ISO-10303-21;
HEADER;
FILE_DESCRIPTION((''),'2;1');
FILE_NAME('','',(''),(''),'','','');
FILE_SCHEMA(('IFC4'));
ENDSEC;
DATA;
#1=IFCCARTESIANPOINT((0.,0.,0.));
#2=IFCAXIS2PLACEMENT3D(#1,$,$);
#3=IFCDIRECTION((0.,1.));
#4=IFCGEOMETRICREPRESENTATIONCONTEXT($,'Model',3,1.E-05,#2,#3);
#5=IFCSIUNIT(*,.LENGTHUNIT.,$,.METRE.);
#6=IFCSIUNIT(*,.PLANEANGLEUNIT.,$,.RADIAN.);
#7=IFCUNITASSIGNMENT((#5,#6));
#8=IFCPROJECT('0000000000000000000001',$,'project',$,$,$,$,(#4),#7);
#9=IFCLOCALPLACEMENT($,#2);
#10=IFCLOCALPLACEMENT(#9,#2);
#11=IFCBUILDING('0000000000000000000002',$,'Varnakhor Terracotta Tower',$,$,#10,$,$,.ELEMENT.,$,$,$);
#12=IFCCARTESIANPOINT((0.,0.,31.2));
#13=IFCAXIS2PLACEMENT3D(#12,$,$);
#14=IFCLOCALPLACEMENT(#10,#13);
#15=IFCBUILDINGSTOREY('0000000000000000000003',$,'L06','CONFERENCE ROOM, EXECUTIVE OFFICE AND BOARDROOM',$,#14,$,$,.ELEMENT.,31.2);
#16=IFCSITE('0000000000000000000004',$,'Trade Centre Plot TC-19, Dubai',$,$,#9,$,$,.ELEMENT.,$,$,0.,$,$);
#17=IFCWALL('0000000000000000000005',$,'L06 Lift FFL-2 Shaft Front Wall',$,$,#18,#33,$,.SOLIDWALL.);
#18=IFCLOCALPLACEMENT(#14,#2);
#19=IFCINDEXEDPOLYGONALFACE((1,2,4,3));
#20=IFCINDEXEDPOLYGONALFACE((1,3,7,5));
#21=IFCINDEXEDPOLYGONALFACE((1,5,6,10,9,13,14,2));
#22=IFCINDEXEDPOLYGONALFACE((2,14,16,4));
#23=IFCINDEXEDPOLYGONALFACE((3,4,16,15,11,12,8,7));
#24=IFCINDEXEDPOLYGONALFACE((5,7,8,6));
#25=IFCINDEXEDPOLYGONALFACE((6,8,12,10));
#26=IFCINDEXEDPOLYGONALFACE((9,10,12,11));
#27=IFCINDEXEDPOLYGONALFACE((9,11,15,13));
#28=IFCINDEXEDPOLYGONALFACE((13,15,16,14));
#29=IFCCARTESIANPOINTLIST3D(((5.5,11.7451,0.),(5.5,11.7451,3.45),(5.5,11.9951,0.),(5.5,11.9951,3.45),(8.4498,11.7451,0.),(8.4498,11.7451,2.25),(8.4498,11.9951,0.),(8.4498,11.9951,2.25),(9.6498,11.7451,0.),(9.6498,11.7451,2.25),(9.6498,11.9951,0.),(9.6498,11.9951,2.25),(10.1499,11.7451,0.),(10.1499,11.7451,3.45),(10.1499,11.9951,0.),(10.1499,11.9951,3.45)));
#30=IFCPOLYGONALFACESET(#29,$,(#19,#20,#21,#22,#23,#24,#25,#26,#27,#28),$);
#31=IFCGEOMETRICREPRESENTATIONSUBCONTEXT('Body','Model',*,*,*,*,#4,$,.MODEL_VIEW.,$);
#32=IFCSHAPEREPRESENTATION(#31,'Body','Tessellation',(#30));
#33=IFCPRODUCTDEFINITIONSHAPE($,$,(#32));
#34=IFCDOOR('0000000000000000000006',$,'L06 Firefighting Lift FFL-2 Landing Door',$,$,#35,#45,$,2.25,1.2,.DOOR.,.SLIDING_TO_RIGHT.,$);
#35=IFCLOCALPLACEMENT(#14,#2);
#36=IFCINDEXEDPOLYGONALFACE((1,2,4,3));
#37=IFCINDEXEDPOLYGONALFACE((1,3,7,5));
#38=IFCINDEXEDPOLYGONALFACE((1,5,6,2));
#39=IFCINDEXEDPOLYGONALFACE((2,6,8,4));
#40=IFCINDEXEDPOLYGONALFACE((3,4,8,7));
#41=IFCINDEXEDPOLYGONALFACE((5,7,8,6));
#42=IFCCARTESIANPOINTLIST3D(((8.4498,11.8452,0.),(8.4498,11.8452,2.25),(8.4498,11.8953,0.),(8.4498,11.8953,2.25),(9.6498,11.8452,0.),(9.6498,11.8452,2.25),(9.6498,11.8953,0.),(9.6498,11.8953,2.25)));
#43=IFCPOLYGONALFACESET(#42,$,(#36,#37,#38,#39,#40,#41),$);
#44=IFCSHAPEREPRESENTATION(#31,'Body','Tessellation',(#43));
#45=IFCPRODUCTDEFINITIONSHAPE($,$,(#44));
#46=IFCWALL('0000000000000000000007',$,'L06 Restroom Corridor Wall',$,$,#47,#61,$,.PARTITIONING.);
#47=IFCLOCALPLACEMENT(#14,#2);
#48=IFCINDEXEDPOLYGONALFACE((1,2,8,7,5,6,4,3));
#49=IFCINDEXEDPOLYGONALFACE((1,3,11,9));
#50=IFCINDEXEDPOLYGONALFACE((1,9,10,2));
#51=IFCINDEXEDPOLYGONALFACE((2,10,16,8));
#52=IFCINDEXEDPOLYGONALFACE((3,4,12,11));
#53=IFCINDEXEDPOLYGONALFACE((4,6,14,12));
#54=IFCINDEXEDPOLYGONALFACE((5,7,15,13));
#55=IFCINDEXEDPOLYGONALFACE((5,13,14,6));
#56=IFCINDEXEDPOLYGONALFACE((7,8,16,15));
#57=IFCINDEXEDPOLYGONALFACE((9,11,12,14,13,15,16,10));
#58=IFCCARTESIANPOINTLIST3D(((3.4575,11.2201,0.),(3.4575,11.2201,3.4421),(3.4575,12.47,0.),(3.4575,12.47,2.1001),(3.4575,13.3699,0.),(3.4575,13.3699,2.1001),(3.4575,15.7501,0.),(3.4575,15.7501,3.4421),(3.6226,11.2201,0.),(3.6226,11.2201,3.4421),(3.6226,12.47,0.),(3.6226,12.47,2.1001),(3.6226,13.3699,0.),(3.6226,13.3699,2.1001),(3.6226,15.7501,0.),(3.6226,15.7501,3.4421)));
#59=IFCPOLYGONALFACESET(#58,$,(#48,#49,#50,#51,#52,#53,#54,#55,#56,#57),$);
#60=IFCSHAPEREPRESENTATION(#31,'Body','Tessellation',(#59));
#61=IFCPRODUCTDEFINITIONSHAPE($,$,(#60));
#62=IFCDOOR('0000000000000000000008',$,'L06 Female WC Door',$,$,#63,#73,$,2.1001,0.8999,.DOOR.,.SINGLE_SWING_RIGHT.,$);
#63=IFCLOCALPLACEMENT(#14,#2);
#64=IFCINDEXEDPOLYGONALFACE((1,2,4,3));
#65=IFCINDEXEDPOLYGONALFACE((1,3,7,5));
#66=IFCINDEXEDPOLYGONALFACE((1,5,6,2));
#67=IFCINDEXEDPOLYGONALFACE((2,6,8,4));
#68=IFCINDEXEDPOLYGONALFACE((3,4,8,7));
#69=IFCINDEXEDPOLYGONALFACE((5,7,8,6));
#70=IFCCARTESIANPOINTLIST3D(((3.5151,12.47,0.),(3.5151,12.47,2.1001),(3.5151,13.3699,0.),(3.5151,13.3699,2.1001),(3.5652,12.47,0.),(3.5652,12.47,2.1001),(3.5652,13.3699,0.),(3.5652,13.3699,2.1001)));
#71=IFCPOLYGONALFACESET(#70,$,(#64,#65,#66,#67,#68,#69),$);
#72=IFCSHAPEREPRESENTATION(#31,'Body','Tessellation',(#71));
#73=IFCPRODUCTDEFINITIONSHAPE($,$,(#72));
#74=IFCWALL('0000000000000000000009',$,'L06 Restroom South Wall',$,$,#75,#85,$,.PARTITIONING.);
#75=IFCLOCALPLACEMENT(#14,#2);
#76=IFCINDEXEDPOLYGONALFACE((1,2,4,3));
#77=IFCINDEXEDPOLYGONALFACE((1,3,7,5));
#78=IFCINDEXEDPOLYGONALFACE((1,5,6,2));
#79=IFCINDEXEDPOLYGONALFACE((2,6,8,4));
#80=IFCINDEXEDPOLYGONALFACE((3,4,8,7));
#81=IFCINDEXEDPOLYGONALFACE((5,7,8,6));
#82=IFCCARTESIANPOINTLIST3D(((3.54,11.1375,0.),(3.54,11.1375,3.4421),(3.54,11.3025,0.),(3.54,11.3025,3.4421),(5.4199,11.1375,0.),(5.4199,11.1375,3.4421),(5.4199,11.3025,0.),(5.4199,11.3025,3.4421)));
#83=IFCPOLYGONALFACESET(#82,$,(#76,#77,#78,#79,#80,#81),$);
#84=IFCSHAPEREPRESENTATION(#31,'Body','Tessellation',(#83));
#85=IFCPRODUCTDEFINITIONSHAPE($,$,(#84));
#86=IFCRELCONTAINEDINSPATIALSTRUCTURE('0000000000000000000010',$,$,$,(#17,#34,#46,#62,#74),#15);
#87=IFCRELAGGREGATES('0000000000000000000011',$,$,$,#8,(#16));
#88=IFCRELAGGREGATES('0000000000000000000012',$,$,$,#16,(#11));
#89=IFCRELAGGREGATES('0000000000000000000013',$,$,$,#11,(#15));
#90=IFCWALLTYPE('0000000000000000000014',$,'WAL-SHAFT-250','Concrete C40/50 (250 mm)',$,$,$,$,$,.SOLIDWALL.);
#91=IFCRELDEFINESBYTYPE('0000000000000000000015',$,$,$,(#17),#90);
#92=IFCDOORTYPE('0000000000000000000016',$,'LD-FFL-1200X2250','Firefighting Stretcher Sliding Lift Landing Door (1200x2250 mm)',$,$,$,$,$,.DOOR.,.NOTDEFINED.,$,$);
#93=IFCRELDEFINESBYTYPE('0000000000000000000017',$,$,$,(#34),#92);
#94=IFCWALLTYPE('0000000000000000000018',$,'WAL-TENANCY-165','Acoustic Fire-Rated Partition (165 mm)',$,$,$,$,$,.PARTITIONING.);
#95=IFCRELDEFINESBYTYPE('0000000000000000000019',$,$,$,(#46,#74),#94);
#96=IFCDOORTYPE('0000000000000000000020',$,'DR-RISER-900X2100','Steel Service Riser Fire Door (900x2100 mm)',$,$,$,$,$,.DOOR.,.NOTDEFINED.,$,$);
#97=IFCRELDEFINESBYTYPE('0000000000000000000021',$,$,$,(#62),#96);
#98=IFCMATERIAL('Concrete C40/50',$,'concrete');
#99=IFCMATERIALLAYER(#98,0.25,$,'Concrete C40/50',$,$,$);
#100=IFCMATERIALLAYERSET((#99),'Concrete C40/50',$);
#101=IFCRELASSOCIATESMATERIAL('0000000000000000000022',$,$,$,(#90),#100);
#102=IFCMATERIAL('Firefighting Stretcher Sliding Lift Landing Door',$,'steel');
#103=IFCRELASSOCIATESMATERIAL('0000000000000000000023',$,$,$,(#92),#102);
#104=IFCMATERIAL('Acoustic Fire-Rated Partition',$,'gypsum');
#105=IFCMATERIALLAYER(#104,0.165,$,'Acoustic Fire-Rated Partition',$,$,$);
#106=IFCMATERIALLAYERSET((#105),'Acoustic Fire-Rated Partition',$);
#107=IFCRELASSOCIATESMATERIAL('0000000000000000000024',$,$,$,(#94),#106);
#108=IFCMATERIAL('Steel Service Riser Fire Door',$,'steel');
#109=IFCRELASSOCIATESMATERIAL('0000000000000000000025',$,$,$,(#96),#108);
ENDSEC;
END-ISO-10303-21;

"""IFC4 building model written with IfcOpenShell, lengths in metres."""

from ifc_helpers import new_model, si_unit, direction, frame, frame_2d, origin, place, context, subcontext, project, spatial, rectangle, extrude, source, transform, mapped, material, layer, layer_set, type_object, type_shapes, element, fill, save


model = new_model("IFC4")

# Units and contexts
model_context = context("Model", 3, precision=1e-05, world=origin(), true_north=direction((0.0, 1.0)))
body_context = subcontext(model_context, "Body", "Model", "MODEL_VIEW")
ifc_project = project(units=[si_unit("LENGTHUNIT", "METRE"), si_unit("PLANEANGLEUNIT", "RADIAN")], contexts=[model_context])

# Site, building, storey
site_placement = place(None, origin())
site = spatial("IfcSite", under=ifc_project, at=site_placement, Name="Trade Centre Plot TC-19, Dubai", CompositionType="ELEMENT", RefElevation=0.0)
building_placement = place(site_placement, origin())
building = spatial("IfcBuilding", under=site, at=building_placement, Name="Varnakhor Terracotta Tower", CompositionType="ELEMENT")
storey_placement = place(building_placement, frame((0.0, 0.0, 31.2)))
storey = spatial("IfcBuildingStorey", under=building, at=storey_placement, Name="L06", Description="CONFERENCE ROOM, EXECUTIVE OFFICE AND BOARDROOM", CompositionType="ELEMENT", Elevation=31.2)

# Shared definitions
ifc_material_1 = material(Name="Concrete C40/50", Category="concrete")

# Walls, openings, doors
ifc_layer_1 = layer(ifc_material_1, 0.25, Name="Concrete C40/50")
ifc_layer_set_1 = layer_set([ifc_layer_1], Name="Concrete C40/50")
wall_type_1 = type_object("IfcWallType", Name="WAL-SHAFT-250", Description="Concrete C40/50 (250 mm)", PredefinedType="SOLIDWALL", material=ifc_layer_set_1)
wall_1_placement = place(storey_placement, frame((10.1499, 11.8701, 0.0), z_axis=(0.0, 0.0, 1.0), x_axis=(-1.0, 0.0, 0.0)))
wall_1 = element("IfcWall", 1, at=wall_1_placement, inside=storey, type_object=wall_type_1, Name="L06 Lift FFL-2 Shaft Front Wall", PredefinedType="SOLIDWALL", context=body_context, shape_type="SweptSolid", body=[
    extrude(rectangle(XDim=4.6499, YDim=0.25, at=frame_2d((2.325, 0.0))), origin(), (0.0, 0.0, 1.0), 3.45),
])
opening_1_placement = place(wall_1_placement, frame((0.5, 0.0, 0.0)))
opening_1 = element("IfcOpeningElement", 2, at=opening_1_placement, cuts=wall_1, PredefinedType="OPENING", context=body_context, shape_type="SweptSolid", body=[
    extrude(rectangle(XDim=1.2, YDim=2.25, at=frame_2d((0.6001, 1.125))), frame((0.0, 0.135, 0.0), z_axis=(0.0, -1.0, 0.0), x_axis=(1.0, 0.0, 0.0)), (0.0, 0.0, 1.0), 0.27),
])
ifc_material_2 = material(Name="Firefighting Stretcher Sliding Lift Landing Door", Category="steel")
door_type_1 = type_object("IfcDoorType", Name="LD-FFL-1200X2250", Description="Firefighting Stretcher Sliding Lift Landing Door (1200x2250 mm)", OperationType="NOTDEFINED", PredefinedType="DOOR", material=ifc_material_2)
shared_shape_1 = source(origin(), body_context, "Body", "SweptSolid", [
    extrude(rectangle(XDim=1.2, YDim=2.25, at=frame_2d((0.6001, 1.125))), frame((0.0, 0.0249, 0.0), z_axis=(0.0, -1.0, 0.0), x_axis=(1.0, 0.0, 0.0)), (0.0, 0.0, 1.0), 0.05),
])
type_shapes(door_type_1, [shared_shape_1])
door_1_placement = place(opening_1_placement, origin())
door_1 = element("IfcDoor", 3, at=door_1_placement, inside=storey, type_object=door_type_1, Name="L06 Firefighting Lift FFL-2 Landing Door", OperationType="SLIDING_TO_RIGHT", OverallHeight=2.25, OverallWidth=1.2, PredefinedType="DOOR", context=body_context, shape_type="MappedRepresentation", body=[
    mapped(shared_shape_1, transform((0.0, 0.0, 0.0), scale=1.0)),
])
fill(opening_1, door_1)
ifc_material_3 = material(Name="Acoustic Fire-Rated Partition", Category="gypsum")
ifc_layer_2 = layer(ifc_material_3, 0.165, Name="Acoustic Fire-Rated Partition")
ifc_layer_set_2 = layer_set([ifc_layer_2], Name="Acoustic Fire-Rated Partition")
wall_type_2 = type_object("IfcWallType", Name="WAL-TENANCY-165", Description="Acoustic Fire-Rated Partition (165 mm)", PredefinedType="PARTITIONING", material=ifc_layer_set_2)
wall_2_placement = place(storey_placement, frame((3.54, 11.22, 0.0), z_axis=(0.0, 0.0, 1.0), x_axis=(0.0, 1.0, 0.0)))
wall_2 = element("IfcWall", 4, at=wall_2_placement, inside=storey, type_object=wall_type_2, Name="L06 Restroom Corridor Wall", PredefinedType="PARTITIONING", context=body_context, shape_type="SweptSolid", body=[
    extrude(rectangle(XDim=4.53, YDim=0.165, at=frame_2d((2.2651, 0.0))), origin(), (0.0, 0.0, 1.0), 3.4421),
])
opening_2_placement = place(wall_2_placement, frame((1.25, 0.0, 0.0)))
opening_2 = element("IfcOpeningElement", 5, at=opening_2_placement, cuts=wall_2, PredefinedType="OPENING", context=body_context, shape_type="SweptSolid", body=[
    extrude(rectangle(XDim=0.8999, YDim=2.1001, at=frame_2d((0.45, 1.05))), frame((0.0, 0.0925, 0.0), z_axis=(0.0, -1.0, 0.0), x_axis=(1.0, 0.0, 0.0)), (0.0, 0.0, 1.0), 0.1851),
])
ifc_material_4 = material(Name="Steel Service Riser Fire Door", Category="steel")
door_type_2 = type_object("IfcDoorType", Name="DR-RISER-900X2100", Description="Steel Service Riser Fire Door (900x2100 mm)", OperationType="NOTDEFINED", PredefinedType="DOOR", material=ifc_material_4)
shared_shape_2 = source(origin(), body_context, "Body", "SweptSolid", [
    extrude(rectangle(XDim=0.8999, YDim=2.1001, at=frame_2d((0.45, 1.05))), frame((0.0, 0.0249, 0.0), z_axis=(0.0, -1.0, 0.0), x_axis=(1.0, 0.0, 0.0)), (0.0, 0.0, 1.0), 0.05),
])
type_shapes(door_type_2, [shared_shape_2])
door_2_placement = place(opening_2_placement, origin())
door_2 = element("IfcDoor", 6, at=door_2_placement, inside=storey, type_object=door_type_2, Name="L06 Female WC Door", OperationType="SINGLE_SWING_RIGHT", OverallHeight=2.1001, OverallWidth=0.8999, PredefinedType="DOOR", context=body_context, shape_type="MappedRepresentation", body=[
    mapped(shared_shape_2, transform((0.0, 0.0, 0.0), scale=1.0)),
])
fill(opening_2, door_2)

# Wall
wall_3_placement = place(storey_placement, frame((3.54, 11.22, 0.0), z_axis=(0.0, 0.0, 1.0), x_axis=(1.0, 0.0, 0.0)))
element("IfcWall", 7, at=wall_3_placement, inside=storey, type_object=wall_type_2, Name="L06 Restroom South Wall", PredefinedType="PARTITIONING", context=body_context, shape_type="SweptSolid", body=[
    extrude(rectangle(XDim=1.8799, YDim=0.165, at=frame_2d((0.9399, 0.0))), origin(), (0.0, 0.0, 1.0), 3.4421),
])

save(model, "model.ifc")
